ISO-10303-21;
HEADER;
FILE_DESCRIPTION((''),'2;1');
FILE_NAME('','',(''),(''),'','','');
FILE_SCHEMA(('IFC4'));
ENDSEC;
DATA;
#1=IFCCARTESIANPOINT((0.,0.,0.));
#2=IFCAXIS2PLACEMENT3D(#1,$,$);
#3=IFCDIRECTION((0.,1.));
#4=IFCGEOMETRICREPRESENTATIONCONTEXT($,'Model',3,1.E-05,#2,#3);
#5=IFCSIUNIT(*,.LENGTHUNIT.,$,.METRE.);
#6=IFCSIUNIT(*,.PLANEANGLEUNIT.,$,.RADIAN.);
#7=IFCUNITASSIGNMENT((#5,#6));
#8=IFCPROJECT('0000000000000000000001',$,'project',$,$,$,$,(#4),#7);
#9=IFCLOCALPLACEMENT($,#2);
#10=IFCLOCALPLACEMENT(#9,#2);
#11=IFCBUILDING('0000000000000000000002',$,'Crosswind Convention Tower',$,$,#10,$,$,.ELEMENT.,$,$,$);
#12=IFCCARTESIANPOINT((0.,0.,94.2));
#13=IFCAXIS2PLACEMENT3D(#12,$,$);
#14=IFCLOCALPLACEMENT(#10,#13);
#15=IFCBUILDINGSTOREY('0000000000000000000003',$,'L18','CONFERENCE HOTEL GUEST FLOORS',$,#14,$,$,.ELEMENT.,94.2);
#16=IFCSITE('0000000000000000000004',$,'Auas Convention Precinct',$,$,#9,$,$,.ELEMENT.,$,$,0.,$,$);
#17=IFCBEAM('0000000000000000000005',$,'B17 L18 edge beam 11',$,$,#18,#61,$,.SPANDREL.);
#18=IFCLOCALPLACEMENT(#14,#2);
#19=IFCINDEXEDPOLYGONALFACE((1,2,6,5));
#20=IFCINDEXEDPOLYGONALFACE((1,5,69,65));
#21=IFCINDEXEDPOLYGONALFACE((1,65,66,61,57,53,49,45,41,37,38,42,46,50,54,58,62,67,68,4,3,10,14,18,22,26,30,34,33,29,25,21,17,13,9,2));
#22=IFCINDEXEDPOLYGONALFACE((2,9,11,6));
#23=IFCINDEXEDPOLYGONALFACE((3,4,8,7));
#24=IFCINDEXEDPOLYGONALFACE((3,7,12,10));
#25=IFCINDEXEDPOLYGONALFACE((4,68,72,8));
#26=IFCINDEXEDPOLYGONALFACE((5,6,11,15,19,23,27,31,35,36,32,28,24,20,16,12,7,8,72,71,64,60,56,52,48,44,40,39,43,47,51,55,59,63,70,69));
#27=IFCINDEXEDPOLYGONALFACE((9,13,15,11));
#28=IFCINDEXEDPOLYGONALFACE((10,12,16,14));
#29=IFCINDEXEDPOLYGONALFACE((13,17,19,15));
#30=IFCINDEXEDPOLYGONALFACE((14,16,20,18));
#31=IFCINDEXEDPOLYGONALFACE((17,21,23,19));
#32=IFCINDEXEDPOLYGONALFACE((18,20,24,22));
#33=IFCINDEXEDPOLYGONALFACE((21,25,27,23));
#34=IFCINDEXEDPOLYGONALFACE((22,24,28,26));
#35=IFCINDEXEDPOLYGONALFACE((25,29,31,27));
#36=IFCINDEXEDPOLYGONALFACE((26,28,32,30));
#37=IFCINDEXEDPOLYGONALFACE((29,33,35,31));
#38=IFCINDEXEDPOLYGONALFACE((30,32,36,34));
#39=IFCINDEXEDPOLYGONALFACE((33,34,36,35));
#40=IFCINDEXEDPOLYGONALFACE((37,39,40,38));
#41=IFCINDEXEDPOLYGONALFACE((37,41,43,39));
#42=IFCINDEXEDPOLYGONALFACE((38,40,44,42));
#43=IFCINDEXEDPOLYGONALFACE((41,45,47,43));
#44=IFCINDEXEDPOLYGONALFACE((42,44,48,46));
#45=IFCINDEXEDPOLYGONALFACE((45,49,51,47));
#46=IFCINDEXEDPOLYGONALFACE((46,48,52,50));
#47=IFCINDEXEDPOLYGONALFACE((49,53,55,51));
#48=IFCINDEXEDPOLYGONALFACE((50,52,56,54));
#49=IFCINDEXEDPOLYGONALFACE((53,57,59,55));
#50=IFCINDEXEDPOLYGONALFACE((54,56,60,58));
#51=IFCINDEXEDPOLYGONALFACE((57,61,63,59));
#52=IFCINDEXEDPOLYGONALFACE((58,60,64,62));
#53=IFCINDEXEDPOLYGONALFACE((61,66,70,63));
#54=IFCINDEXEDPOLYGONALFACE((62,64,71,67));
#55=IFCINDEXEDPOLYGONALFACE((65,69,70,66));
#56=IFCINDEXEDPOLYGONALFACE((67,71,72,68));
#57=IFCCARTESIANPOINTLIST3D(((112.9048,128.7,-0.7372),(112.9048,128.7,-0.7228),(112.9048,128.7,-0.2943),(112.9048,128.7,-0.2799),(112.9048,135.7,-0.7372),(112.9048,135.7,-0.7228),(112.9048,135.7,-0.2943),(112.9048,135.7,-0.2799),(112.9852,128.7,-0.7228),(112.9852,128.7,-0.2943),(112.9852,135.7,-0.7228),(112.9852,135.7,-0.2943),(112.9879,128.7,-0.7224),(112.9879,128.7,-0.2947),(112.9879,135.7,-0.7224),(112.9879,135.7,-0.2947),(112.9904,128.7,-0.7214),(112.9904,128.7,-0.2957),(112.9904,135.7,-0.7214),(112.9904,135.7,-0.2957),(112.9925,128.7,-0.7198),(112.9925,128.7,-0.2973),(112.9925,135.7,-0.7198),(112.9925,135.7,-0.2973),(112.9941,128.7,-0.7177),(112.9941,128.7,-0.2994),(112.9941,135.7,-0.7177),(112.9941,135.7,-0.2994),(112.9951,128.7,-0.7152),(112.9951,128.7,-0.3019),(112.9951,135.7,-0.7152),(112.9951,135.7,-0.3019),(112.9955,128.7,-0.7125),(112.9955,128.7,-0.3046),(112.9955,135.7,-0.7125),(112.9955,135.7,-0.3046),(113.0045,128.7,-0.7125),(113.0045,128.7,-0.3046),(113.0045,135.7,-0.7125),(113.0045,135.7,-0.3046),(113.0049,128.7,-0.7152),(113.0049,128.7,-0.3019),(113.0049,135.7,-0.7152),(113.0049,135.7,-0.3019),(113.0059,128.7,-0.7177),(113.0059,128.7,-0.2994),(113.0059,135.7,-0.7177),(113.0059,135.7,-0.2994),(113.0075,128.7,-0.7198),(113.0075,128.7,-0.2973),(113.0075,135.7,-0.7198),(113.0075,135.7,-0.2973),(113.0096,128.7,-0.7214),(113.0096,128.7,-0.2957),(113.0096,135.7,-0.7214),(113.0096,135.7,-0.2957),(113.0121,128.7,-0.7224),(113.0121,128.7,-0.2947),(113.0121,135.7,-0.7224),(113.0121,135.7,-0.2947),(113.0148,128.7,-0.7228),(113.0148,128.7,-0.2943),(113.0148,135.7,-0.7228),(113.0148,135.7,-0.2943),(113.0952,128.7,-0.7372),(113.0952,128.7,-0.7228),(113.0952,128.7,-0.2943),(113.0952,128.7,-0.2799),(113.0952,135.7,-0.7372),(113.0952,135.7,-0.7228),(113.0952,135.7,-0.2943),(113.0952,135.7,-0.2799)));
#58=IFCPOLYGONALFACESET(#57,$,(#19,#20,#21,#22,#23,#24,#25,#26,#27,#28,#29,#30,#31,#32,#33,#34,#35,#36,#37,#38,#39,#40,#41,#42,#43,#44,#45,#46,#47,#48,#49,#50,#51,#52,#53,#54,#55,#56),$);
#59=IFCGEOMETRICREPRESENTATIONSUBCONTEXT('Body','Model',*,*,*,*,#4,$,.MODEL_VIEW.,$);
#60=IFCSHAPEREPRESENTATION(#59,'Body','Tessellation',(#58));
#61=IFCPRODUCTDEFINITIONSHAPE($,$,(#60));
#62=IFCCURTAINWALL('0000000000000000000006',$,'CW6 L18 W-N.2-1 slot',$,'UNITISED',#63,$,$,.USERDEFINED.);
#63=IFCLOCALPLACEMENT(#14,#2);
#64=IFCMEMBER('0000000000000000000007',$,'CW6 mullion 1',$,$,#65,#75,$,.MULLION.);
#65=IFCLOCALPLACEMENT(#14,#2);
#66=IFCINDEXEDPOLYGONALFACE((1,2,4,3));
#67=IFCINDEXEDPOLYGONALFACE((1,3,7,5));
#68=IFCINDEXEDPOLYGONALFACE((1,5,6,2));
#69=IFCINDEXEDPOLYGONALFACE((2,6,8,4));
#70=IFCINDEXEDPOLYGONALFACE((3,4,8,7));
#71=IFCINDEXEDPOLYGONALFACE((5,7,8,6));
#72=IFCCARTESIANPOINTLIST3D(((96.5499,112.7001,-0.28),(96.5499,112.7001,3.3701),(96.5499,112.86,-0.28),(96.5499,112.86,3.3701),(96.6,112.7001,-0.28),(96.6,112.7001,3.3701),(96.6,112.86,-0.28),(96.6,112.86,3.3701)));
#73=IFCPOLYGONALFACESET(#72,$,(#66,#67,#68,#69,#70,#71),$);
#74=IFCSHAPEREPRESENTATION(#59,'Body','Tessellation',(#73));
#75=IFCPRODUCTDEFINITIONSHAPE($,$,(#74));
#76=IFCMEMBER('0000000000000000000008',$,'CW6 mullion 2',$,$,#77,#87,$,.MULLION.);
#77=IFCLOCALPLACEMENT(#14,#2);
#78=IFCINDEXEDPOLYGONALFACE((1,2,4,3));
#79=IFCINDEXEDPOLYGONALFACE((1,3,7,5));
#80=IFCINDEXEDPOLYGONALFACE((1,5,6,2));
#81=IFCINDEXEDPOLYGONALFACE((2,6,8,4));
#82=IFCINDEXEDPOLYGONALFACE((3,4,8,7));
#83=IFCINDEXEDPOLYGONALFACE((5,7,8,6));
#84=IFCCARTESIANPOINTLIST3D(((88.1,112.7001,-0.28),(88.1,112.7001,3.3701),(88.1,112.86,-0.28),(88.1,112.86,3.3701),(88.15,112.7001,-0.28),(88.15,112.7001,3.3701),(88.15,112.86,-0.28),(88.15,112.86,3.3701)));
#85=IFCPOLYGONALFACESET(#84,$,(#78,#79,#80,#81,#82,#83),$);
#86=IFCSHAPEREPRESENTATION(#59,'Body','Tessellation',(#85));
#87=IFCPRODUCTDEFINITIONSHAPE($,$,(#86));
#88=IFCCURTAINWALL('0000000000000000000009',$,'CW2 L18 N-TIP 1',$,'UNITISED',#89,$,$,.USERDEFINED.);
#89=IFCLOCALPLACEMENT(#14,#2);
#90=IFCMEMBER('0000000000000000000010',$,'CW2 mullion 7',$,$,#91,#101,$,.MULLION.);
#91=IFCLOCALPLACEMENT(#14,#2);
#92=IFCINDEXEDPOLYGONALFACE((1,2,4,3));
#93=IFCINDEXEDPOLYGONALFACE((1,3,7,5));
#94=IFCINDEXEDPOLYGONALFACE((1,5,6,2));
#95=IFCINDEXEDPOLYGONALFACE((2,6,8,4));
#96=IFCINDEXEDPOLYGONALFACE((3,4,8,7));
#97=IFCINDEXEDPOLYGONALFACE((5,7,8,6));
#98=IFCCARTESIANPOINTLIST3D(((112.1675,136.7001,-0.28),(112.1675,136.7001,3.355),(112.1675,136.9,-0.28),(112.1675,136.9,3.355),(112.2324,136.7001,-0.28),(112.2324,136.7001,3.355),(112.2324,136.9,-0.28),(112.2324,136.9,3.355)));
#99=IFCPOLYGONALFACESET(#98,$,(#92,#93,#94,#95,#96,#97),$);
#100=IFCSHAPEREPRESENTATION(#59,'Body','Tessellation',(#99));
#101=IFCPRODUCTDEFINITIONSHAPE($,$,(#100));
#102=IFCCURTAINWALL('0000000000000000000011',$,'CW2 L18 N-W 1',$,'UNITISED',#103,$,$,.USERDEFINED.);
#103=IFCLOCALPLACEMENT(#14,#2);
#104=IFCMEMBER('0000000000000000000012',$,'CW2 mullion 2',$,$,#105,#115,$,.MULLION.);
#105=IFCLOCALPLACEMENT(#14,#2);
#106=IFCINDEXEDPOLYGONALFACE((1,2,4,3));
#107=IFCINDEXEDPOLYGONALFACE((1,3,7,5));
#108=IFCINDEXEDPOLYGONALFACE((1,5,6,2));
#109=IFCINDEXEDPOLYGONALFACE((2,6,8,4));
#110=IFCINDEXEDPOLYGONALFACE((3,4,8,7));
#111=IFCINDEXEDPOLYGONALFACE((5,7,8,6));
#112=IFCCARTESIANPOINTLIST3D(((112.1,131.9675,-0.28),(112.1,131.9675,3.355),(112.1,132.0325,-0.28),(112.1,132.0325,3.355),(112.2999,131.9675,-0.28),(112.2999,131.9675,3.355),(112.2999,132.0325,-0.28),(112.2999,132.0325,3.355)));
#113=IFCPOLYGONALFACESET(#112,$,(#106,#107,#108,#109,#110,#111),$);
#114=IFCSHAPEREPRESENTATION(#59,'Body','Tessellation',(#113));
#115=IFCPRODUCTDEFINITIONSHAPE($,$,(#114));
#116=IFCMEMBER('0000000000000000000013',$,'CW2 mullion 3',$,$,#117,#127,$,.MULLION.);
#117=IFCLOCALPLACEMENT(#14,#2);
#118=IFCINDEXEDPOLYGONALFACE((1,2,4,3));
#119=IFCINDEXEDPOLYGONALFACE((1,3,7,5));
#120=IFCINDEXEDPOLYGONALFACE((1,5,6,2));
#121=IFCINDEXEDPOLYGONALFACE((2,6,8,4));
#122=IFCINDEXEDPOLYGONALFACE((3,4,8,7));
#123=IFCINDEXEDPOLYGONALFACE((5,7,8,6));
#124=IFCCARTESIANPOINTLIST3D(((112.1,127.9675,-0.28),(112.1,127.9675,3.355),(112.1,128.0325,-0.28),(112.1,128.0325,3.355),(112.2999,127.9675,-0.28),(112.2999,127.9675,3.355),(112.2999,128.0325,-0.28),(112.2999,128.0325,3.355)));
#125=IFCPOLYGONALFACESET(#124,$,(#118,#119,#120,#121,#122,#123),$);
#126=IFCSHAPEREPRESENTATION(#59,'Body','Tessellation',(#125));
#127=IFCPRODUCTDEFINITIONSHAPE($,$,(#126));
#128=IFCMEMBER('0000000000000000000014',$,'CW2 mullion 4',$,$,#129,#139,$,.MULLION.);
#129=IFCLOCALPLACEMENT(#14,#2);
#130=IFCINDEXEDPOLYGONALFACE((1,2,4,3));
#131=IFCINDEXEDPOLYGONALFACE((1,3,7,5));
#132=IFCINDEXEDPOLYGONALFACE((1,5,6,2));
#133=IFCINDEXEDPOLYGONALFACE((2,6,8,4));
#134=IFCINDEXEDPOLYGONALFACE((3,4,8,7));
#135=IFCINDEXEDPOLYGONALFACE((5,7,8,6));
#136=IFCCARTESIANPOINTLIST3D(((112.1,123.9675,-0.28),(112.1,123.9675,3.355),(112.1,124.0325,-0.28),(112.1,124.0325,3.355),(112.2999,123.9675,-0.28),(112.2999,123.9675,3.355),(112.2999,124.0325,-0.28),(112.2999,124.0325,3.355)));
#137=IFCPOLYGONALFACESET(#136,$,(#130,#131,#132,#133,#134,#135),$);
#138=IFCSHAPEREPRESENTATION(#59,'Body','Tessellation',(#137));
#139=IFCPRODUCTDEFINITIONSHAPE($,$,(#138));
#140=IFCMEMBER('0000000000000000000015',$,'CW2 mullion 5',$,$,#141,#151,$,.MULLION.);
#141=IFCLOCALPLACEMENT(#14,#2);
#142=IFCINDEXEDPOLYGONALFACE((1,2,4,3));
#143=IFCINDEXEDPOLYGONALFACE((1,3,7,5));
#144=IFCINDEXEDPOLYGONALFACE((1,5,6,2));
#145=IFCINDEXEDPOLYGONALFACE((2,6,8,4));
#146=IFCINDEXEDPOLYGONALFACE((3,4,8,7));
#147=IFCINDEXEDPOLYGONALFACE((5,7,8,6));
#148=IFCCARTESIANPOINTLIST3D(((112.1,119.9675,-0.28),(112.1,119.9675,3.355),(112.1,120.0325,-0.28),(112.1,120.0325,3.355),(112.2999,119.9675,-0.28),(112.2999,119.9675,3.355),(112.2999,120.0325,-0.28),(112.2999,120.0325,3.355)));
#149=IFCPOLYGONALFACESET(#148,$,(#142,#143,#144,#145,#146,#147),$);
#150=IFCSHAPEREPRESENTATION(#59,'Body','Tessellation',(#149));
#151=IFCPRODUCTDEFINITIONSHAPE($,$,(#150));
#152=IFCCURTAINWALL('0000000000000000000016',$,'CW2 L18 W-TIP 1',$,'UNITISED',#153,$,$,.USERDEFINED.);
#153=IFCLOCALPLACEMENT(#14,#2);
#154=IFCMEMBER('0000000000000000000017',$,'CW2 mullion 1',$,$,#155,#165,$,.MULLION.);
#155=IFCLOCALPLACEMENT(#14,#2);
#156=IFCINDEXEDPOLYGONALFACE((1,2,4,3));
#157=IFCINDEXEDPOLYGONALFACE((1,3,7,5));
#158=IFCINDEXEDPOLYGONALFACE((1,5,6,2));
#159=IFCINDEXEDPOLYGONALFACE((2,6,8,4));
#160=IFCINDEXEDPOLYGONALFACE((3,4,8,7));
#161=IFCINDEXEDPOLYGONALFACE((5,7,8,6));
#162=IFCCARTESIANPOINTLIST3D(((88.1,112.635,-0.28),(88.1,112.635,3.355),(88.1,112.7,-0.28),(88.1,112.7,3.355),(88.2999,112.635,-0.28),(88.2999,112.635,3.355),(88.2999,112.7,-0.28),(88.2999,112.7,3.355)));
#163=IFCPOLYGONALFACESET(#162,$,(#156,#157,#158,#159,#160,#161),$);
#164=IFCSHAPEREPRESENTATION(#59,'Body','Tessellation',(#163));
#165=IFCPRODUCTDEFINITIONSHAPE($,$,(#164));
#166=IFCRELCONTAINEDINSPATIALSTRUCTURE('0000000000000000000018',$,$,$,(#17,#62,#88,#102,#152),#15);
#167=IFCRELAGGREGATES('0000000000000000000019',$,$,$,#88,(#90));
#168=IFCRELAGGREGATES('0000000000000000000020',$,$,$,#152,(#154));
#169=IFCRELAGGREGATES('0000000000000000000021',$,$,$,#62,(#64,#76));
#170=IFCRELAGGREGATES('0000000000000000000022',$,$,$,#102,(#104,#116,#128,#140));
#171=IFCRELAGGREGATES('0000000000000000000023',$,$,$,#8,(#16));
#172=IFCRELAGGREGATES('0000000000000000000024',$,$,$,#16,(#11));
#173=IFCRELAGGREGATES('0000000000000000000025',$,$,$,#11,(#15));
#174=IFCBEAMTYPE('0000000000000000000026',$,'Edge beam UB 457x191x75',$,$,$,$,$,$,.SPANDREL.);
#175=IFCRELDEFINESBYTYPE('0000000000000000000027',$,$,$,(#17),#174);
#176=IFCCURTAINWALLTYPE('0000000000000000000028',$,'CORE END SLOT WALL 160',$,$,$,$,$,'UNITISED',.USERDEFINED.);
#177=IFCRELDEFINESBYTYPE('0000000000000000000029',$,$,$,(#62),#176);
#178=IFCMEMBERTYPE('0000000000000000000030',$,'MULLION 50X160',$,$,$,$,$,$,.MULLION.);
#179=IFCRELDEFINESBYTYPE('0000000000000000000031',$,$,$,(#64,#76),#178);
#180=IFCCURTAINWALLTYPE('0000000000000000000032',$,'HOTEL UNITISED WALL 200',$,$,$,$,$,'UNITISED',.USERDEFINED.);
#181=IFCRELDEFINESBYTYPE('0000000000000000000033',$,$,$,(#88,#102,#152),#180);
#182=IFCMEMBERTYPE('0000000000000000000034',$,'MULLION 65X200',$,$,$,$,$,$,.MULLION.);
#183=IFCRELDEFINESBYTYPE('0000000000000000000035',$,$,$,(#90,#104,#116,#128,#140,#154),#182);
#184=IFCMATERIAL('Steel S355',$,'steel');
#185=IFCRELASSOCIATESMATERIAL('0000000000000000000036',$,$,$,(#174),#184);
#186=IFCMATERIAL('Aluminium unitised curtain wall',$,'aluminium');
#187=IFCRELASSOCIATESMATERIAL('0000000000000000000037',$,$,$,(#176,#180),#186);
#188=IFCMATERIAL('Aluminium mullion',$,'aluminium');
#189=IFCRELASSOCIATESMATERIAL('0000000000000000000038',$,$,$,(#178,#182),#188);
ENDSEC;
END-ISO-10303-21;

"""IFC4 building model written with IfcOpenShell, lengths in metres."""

from ifc_helpers import new_model, si_unit, direction, frame, origin, origin_2d, place, context, subcontext, project, spatial, rectangle, i_section, extrude, material, material_profile, profile_set, type_object, element, aggregate, save


model = new_model("IFC4")

# Units and contexts
model_context = context("Model", 3, precision=1e-05, world=origin(), true_north=direction((0.0, 1.0)))
body_context = subcontext(model_context, "Body", "Model", "MODEL_VIEW")
ifc_project = project(units=[si_unit("LENGTHUNIT", "METRE"), si_unit("PLANEANGLEUNIT", "RADIAN")], contexts=[model_context])

# Site, building, storey
site_placement = place(None, origin())
site = spatial("IfcSite", under=ifc_project, at=site_placement, Name="Auas Convention Precinct", CompositionType="ELEMENT", RefElevation=0.0)
building_placement = place(site_placement, origin())
building = spatial("IfcBuilding", under=site, at=building_placement, Name="Crosswind Convention Tower", CompositionType="ELEMENT")
storey_placement = place(building_placement, frame((0.0, 0.0, 94.2)))
storey = spatial("IfcBuildingStorey", under=building, at=storey_placement, Name="L18", Description="CONFERENCE HOTEL GUEST FLOORS", CompositionType="ELEMENT", Elevation=94.2)

# Beam
ifc_material_1 = material(Name="Steel S355", Category="steel")
ifc_material_profile_1 = material_profile(ifc_material_1, i_section(OverallWidth=0.1904, OverallDepth=0.4573, WebThickness=0.009, FlangeThickness=0.0144, FilletRadius=0.0103, at=origin_2d()), Name="UB 457x191x75")
ifc_profile_set_1 = profile_set([ifc_material_profile_1], Name="Steel S355")
beam_type_1 = type_object("IfcBeamType", Name="Edge beam UB 457x191x75", PredefinedType="SPANDREL", material=ifc_profile_set_1)
beam_1_placement = place(storey_placement, frame((113.0, 128.7, -0.5085), z_axis=(0.0, 1.0, 0.0), x_axis=(-1.0, 0.0, 0.0)))
element("IfcBeam", 1, at=beam_1_placement, inside=storey, type_object=beam_type_1, Name="B17 L18 edge beam 11", PredefinedType="SPANDREL", context=body_context, shape_type="SweptSolid", body=[
    extrude(i_section(OverallWidth=0.1904, OverallDepth=0.4573, WebThickness=0.009, FlangeThickness=0.0144, FilletRadius=0.0103, at=origin_2d()), origin(), (0.0, 0.0, 1.0), 7.0),
])

# Curtain wall, members
ifc_material_2 = material(Name="Aluminium unitised curtain wall", Category="aluminium")
curtain_wall_type_1 = type_object("IfcCurtainWallType", Name="CORE END SLOT WALL 160", ElementType="UNITISED", PredefinedType="USERDEFINED", material=ifc_material_2)
curtain_wall_1_placement = place(storey_placement, origin())
curtain_wall_1 = element("IfcCurtainWall", 2, at=curtain_wall_1_placement, inside=storey, type_object=curtain_wall_type_1, Name="CW6 L18 W-N.2-1 slot", ObjectType="UNITISED", PredefinedType="USERDEFINED")
ifc_material_3 = material(Name="Aluminium mullion", Category="aluminium")
ifc_material_profile_2 = material_profile(ifc_material_3, rectangle(XDim=0.1599, YDim=0.05, at=origin_2d()), Name="AL 160X50")
ifc_profile_set_2 = profile_set([ifc_material_profile_2], Name="Aluminium mullion")
member_type_1 = type_object("IfcMemberType", Name="MULLION 50X160", PredefinedType="MULLION", material=ifc_profile_set_2)
member_1_placement = place(storey_placement, frame((96.575, 112.78, -0.28), z_axis=(0.0, 0.0, 1.0), x_axis=(0.0, 1.0, 0.0)))
member_1 = element("IfcMember", 3, at=member_1_placement, type_object=member_type_1, Name="CW6 mullion 1", PredefinedType="MULLION", context=body_context, shape_type="SweptSolid", body=[
    extrude(rectangle(XDim=0.1599, YDim=0.05, at=origin_2d()), origin(), (0.0, 0.0, 1.0), 3.6501),
])
member_2_placement = place(storey_placement, frame((88.125, 112.78, -0.28), z_axis=(0.0, 0.0, 1.0), x_axis=(0.0, 1.0, 0.0)))
member_2 = element("IfcMember", 4, at=member_2_placement, type_object=member_type_1, Name="CW6 mullion 2", PredefinedType="MULLION", context=body_context, shape_type="SweptSolid", body=[
    extrude(rectangle(XDim=0.1599, YDim=0.05, at=origin_2d()), origin(), (0.0, 0.0, 1.0), 3.6501),
])

# Curtain wall, member
curtain_wall_type_2 = type_object("IfcCurtainWallType", Name="HOTEL UNITISED WALL 200", ElementType="UNITISED", PredefinedType="USERDEFINED", material=ifc_material_2)
curtain_wall_2_placement = place(storey_placement, origin())
curtain_wall_2 = element("IfcCurtainWall", 5, at=curtain_wall_2_placement, inside=storey, type_object=curtain_wall_type_2, Name="CW2 L18 N-TIP 1", ObjectType="UNITISED", PredefinedType="USERDEFINED")
ifc_material_profile_3 = material_profile(ifc_material_3, rectangle(XDim=0.2, YDim=0.0649, at=origin_2d()), Name="AL 200X65")
ifc_profile_set_3 = profile_set([ifc_material_profile_3], Name="Aluminium mullion")
member_type_2 = type_object("IfcMemberType", Name="MULLION 65X200", PredefinedType="MULLION", material=ifc_profile_set_3)
member_3_placement = place(storey_placement, frame((112.2, 136.8, -0.28), z_axis=(0.0, 0.0, 1.0), x_axis=(0.0, 1.0, 0.0)))
member_3 = element("IfcMember", 6, at=member_3_placement, type_object=member_type_2, Name="CW2 mullion 7", PredefinedType="MULLION", context=body_context, shape_type="SweptSolid", body=[
    extrude(rectangle(XDim=0.2, YDim=0.0649, at=origin_2d()), origin(), (0.0, 0.0, 1.0), 3.635),
])
aggregate(curtain_wall_2, [member_3])

# Curtain wall, members
curtain_wall_3_placement = place(storey_placement, origin())
curtain_wall_3 = element("IfcCurtainWall", 7, at=curtain_wall_3_placement, inside=storey, type_object=curtain_wall_type_2, Name="CW2 L18 N-W 1", ObjectType="UNITISED", PredefinedType="USERDEFINED")
member_4_placement = place(storey_placement, frame((112.2, 132.0, -0.28), z_axis=(0.0, 0.0, 1.0), x_axis=(-1.0, 0.0, 0.0)))
member_4 = element("IfcMember", 8, at=member_4_placement, type_object=member_type_2, Name="CW2 mullion 2", PredefinedType="MULLION", context=body_context, shape_type="SweptSolid", body=[
    extrude(rectangle(XDim=0.2, YDim=0.0649, at=origin_2d()), origin(), (0.0, 0.0, 1.0), 3.635),
])
member_5_placement = place(storey_placement, frame((112.2, 128.0, -0.28), z_axis=(0.0, 0.0, 1.0), x_axis=(-1.0, 0.0, 0.0)))
member_5 = element("IfcMember", 9, at=member_5_placement, type_object=member_type_2, Name="CW2 mullion 3", PredefinedType="MULLION", context=body_context, shape_type="SweptSolid", body=[
    extrude(rectangle(XDim=0.2, YDim=0.0649, at=origin_2d()), origin(), (0.0, 0.0, 1.0), 3.635),
])
member_6_placement = place(storey_placement, frame((112.2, 124.0, -0.28), z_axis=(0.0, 0.0, 1.0), x_axis=(-1.0, 0.0, 0.0)))
member_6 = element("IfcMember", 10, at=member_6_placement, type_object=member_type_2, Name="CW2 mullion 4", PredefinedType="MULLION", context=body_context, shape_type="SweptSolid", body=[
    extrude(rectangle(XDim=0.2, YDim=0.0649, at=origin_2d()), origin(), (0.0, 0.0, 1.0), 3.635),
])
member_7_placement = place(storey_placement, frame((112.2, 120.0, -0.28), z_axis=(0.0, 0.0, 1.0), x_axis=(-1.0, 0.0, 0.0)))
member_7 = element("IfcMember", 11, at=member_7_placement, type_object=member_type_2, Name="CW2 mullion 5", PredefinedType="MULLION", context=body_context, shape_type="SweptSolid", body=[
    extrude(rectangle(XDim=0.2, YDim=0.0649, at=origin_2d()), origin(), (0.0, 0.0, 1.0), 3.635),
])

# Curtain wall, member
curtain_wall_4_placement = place(storey_placement, origin())
curtain_wall_4 = element("IfcCurtainWall", 12, at=curtain_wall_4_placement, inside=storey, type_object=curtain_wall_type_2, Name="CW2 L18 W-TIP 1", ObjectType="UNITISED", PredefinedType="USERDEFINED")
member_8_placement = place(storey_placement, frame((88.2, 112.6675, -0.28), z_axis=(0.0, 0.0, 1.0), x_axis=(-1.0, 0.0, 0.0)))
member_8 = element("IfcMember", 13, at=member_8_placement, type_object=member_type_2, Name="CW2 mullion 1", PredefinedType="MULLION", context=body_context, shape_type="SweptSolid", body=[
    extrude(rectangle(XDim=0.2, YDim=0.0649, at=origin_2d()), origin(), (0.0, 0.0, 1.0), 3.635),
])

aggregate(curtain_wall_4, [member_8])

aggregate(curtain_wall_1, [member_1, member_2])

aggregate(curtain_wall_3, [member_4, member_5, member_6, member_7])

save(model, "model.ifc")
